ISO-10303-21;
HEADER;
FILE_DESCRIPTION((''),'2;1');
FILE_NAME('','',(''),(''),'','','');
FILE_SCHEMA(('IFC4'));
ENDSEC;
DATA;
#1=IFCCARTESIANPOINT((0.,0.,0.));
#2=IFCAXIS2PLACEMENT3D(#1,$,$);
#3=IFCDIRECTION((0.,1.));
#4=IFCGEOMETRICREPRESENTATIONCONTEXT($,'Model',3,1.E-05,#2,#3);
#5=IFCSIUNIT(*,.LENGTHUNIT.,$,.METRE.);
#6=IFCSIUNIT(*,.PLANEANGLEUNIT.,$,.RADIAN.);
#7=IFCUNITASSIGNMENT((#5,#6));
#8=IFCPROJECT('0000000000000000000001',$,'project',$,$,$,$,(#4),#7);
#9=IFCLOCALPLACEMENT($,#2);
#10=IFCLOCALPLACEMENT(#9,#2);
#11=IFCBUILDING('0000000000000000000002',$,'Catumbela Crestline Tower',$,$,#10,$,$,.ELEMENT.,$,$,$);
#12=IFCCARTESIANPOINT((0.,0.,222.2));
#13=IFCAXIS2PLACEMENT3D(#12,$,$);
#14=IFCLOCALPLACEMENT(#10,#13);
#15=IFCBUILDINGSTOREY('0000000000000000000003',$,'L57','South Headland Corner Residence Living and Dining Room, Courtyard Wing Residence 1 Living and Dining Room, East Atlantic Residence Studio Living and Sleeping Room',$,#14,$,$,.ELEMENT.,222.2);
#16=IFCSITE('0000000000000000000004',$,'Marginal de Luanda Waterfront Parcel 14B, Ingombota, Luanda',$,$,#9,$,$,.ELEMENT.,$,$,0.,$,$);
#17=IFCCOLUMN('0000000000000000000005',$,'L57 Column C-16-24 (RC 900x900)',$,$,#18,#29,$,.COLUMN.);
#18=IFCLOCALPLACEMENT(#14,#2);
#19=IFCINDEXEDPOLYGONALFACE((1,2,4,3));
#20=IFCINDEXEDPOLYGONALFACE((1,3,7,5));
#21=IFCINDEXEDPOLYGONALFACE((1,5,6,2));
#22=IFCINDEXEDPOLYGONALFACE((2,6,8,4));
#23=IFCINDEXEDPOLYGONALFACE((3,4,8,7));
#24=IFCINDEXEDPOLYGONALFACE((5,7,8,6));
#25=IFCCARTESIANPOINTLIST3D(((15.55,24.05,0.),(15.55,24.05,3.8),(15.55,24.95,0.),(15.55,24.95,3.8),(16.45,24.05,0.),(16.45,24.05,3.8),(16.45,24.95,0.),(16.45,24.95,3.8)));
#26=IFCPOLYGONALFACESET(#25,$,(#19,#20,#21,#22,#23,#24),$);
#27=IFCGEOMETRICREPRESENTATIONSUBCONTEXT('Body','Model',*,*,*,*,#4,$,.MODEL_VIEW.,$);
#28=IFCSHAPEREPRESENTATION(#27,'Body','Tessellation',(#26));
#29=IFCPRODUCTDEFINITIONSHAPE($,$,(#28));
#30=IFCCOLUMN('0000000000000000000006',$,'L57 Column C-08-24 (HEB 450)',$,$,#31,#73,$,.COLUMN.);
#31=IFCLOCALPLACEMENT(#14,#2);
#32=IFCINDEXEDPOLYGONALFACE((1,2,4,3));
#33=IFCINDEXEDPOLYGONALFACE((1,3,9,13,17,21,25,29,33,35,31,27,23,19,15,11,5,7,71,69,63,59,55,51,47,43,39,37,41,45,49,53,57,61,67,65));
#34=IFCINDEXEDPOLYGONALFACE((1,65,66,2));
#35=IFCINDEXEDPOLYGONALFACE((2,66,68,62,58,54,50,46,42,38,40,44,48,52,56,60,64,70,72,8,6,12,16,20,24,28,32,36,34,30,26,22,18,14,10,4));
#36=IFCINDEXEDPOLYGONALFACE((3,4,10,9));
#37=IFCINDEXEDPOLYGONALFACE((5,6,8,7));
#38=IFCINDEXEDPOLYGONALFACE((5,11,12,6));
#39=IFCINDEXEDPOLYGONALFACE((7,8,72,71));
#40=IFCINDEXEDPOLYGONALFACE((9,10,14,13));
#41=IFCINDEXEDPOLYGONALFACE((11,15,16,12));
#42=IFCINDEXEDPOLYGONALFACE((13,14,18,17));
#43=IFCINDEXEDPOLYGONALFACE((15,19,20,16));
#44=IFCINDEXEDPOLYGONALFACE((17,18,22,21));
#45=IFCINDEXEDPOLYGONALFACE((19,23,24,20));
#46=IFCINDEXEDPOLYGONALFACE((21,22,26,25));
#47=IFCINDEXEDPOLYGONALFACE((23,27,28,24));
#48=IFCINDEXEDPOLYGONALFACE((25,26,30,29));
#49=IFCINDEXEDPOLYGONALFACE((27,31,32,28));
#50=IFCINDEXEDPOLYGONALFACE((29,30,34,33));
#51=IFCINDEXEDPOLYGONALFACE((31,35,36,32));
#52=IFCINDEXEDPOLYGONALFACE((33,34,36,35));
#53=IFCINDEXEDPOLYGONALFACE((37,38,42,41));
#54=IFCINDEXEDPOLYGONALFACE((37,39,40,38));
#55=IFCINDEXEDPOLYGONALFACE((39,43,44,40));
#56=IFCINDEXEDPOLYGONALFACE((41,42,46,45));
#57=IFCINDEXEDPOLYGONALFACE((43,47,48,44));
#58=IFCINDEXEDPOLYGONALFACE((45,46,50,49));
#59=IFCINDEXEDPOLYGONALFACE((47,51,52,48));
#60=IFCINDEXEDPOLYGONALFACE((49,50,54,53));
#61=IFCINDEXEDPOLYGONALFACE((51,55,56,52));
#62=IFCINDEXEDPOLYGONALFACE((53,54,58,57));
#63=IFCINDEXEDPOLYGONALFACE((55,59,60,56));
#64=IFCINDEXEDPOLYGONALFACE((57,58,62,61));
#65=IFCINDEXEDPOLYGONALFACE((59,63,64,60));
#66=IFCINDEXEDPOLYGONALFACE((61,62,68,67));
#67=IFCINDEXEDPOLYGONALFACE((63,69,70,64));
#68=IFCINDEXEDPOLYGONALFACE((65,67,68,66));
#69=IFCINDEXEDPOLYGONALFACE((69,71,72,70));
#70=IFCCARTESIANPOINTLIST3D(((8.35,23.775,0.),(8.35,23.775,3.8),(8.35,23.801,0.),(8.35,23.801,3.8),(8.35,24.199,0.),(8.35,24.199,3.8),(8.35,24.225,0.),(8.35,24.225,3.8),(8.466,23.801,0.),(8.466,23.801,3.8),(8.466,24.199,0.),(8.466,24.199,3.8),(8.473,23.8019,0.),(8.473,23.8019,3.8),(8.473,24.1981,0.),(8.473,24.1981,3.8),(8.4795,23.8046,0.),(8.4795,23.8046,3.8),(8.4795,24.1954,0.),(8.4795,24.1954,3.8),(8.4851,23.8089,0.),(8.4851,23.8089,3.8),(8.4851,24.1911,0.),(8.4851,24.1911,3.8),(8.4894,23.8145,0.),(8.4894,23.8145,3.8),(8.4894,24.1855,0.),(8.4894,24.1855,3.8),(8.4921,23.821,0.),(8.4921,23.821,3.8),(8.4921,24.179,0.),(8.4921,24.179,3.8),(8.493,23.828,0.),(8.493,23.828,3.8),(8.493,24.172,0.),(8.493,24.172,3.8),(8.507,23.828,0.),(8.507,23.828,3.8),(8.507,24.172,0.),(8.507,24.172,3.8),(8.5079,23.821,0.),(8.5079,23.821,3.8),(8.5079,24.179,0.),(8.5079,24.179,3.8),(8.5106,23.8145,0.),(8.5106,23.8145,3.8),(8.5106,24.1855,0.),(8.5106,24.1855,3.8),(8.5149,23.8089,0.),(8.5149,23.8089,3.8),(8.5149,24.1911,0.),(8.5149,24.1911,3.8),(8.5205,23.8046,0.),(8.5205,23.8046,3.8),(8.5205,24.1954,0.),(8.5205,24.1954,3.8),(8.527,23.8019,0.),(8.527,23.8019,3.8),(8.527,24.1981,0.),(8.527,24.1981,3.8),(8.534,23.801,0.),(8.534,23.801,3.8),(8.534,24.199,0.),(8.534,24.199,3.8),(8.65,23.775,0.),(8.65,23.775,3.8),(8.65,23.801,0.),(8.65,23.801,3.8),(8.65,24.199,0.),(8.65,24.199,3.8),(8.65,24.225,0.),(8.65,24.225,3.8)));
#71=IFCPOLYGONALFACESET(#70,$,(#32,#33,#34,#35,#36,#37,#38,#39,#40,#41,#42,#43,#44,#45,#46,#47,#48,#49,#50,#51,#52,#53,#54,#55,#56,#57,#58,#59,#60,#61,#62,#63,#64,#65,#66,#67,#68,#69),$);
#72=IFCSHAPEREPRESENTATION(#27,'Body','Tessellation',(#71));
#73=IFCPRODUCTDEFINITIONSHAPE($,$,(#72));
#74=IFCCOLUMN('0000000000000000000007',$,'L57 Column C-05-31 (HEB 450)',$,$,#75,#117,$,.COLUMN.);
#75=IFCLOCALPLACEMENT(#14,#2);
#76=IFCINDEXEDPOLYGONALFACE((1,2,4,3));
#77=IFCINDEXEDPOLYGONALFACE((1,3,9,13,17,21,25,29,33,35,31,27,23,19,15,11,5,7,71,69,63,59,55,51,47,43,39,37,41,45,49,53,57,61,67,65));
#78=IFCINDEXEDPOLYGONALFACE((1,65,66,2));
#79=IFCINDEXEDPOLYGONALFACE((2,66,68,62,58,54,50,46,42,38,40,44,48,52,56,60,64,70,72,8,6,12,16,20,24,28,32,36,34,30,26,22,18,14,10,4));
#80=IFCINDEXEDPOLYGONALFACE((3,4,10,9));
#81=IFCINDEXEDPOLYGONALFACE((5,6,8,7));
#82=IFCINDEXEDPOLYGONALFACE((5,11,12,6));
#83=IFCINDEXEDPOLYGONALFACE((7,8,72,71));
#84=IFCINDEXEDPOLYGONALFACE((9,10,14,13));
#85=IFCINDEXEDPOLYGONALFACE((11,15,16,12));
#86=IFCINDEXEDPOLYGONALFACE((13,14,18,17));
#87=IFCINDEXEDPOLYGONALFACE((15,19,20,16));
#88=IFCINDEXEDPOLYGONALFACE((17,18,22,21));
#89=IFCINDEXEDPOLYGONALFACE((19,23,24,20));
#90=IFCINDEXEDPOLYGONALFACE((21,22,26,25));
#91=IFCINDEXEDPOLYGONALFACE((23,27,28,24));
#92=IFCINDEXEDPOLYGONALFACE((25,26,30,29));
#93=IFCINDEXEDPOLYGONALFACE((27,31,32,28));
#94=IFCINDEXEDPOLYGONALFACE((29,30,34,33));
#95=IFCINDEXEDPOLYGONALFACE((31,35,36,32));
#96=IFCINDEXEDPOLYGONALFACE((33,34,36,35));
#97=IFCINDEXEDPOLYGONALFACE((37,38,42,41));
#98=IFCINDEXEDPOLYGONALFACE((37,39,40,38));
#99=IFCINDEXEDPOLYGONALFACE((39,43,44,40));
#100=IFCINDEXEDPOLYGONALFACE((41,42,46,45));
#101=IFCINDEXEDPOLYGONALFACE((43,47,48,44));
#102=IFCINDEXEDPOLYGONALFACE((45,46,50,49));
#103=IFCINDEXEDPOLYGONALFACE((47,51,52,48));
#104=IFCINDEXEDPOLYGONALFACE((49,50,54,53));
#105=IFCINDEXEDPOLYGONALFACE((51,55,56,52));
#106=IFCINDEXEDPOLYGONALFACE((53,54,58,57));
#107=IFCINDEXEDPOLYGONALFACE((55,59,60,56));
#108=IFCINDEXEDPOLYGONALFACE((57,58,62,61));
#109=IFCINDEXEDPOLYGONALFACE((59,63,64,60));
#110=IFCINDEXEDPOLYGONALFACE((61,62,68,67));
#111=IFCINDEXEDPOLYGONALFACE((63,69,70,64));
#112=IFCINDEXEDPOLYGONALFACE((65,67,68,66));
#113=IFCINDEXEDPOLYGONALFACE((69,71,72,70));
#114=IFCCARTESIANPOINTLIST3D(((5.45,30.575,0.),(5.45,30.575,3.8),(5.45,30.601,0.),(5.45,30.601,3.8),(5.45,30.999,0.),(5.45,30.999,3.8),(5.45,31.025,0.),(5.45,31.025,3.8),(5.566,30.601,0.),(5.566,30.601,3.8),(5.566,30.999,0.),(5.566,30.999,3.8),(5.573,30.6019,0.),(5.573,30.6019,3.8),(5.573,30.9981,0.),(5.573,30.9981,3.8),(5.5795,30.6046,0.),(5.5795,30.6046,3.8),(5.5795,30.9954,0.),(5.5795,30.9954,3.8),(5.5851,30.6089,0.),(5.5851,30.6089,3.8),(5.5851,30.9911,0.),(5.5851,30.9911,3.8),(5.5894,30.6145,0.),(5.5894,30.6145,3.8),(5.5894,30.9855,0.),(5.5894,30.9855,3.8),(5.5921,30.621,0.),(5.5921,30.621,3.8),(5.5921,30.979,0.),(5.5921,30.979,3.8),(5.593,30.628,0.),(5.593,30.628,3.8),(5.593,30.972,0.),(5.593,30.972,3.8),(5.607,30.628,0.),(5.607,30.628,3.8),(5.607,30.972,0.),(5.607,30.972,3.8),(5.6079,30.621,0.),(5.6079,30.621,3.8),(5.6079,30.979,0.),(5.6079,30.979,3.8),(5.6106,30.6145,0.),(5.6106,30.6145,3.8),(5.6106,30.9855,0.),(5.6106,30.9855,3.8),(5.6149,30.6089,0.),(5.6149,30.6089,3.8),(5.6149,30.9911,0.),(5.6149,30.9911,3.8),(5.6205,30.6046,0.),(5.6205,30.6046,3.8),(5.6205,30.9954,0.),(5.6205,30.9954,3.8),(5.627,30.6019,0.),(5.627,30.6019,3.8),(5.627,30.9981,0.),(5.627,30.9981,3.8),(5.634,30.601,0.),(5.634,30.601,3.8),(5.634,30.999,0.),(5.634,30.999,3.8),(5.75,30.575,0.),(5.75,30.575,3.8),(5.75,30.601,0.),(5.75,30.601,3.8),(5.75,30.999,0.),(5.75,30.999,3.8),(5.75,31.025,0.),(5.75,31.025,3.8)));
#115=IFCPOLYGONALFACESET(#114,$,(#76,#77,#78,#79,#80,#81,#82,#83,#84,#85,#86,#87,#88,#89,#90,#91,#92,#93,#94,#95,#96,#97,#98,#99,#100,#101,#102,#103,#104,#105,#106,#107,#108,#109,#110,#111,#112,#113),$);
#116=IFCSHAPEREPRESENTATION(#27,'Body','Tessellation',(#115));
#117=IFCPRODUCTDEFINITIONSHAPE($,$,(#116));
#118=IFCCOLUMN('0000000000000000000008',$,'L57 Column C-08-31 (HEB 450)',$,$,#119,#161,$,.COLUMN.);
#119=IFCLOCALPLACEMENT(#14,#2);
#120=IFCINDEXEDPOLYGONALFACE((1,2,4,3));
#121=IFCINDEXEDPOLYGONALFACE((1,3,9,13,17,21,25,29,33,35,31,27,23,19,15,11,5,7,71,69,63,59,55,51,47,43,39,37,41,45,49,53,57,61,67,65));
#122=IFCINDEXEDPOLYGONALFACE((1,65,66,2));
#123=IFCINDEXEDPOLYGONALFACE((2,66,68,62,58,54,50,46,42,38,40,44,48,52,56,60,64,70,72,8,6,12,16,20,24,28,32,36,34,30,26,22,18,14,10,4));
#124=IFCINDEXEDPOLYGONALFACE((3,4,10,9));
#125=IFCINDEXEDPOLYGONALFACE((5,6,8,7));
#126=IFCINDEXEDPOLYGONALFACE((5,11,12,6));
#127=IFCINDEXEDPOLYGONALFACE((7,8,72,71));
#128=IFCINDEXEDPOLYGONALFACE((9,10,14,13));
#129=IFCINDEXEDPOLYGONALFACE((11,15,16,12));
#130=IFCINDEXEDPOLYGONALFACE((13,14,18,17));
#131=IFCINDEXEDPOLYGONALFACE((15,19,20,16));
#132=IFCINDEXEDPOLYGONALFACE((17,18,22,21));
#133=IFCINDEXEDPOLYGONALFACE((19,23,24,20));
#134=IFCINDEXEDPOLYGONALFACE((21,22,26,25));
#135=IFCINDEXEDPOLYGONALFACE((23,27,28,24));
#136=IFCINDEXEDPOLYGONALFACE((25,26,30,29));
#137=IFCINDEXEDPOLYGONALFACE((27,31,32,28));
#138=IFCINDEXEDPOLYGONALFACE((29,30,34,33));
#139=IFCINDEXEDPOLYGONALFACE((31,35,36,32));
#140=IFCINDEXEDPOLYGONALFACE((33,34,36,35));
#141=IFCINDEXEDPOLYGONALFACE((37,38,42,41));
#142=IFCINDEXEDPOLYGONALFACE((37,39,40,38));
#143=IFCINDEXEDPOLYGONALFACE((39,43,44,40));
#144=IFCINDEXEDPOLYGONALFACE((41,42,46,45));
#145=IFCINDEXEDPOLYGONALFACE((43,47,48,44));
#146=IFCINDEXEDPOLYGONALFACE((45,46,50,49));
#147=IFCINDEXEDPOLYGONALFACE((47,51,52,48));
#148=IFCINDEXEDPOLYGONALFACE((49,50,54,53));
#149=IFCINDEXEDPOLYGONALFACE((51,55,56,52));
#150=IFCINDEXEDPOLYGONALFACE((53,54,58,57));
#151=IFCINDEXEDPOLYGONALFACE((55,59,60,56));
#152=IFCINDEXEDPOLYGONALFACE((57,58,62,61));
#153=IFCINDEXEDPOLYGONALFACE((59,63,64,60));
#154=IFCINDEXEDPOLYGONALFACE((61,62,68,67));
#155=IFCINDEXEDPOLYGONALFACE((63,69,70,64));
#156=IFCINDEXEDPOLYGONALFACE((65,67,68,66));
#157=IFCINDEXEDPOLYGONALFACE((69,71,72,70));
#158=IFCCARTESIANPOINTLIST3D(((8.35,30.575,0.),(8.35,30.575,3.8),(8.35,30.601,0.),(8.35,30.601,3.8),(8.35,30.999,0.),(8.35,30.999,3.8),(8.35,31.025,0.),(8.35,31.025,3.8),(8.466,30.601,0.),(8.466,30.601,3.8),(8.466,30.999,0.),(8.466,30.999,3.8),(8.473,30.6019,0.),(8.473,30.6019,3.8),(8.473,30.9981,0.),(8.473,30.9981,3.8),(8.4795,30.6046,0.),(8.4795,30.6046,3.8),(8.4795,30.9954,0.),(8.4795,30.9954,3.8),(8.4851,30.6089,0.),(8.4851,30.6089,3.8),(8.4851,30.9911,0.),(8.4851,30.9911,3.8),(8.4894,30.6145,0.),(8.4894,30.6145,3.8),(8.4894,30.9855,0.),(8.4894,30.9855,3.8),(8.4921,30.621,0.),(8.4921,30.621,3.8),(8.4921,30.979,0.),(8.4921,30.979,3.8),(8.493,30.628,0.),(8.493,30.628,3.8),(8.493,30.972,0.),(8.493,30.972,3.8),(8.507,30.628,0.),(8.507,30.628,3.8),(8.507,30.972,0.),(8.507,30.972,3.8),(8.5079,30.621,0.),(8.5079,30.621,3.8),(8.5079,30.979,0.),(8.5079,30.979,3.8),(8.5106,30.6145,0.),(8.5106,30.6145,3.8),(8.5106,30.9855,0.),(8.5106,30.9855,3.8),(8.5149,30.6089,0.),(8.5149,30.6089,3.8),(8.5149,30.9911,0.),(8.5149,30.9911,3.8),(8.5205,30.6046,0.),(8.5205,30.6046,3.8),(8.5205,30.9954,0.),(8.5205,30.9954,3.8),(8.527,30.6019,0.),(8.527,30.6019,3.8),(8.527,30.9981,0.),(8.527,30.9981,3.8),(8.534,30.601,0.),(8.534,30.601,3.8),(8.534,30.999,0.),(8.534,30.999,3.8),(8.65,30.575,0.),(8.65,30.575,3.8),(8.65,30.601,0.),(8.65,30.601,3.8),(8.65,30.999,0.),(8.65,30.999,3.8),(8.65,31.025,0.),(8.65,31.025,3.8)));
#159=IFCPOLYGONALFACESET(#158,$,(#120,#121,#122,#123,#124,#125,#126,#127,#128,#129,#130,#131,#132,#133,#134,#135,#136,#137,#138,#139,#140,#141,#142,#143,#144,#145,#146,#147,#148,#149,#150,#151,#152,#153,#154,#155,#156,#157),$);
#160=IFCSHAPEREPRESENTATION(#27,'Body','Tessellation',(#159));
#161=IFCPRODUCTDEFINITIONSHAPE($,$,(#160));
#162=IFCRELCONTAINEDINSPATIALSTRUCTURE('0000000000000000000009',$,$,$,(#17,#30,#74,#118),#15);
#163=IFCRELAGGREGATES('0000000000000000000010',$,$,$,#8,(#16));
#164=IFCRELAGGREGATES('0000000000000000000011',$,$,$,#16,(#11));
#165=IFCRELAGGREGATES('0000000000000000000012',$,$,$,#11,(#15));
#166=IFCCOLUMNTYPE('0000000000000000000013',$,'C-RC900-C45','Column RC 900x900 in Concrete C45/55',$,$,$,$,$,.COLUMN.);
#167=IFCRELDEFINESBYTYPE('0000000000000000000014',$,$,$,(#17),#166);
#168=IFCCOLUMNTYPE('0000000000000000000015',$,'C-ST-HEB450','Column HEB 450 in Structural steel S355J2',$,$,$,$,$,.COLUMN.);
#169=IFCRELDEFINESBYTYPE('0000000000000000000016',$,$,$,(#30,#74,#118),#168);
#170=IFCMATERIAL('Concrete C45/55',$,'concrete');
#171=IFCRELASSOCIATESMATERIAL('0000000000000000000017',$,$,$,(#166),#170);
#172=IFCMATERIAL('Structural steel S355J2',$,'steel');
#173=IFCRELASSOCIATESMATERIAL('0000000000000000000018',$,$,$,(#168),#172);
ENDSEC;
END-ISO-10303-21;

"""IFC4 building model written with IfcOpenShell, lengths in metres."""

from ifc_helpers import new_model, si_unit, direction, frame, origin, origin_2d, place, context, subcontext, project, spatial, rectangle, i_section, extrude, material, material_profile, profile_set, type_object, element, save


model = new_model("IFC4")

# Units and contexts
model_context = context("Model", 3, precision=1e-05, world=origin(), true_north=direction((0.0, 1.0)))
body_context = subcontext(model_context, "Body", "Model", "MODEL_VIEW")
ifc_project = project(units=[si_unit("LENGTHUNIT", "METRE"), si_unit("PLANEANGLEUNIT", "RADIAN")], contexts=[model_context])

# Site, building, storey
site_placement = place(None, origin())
site = spatial("IfcSite", under=ifc_project, at=site_placement, Name="Marginal de Luanda Waterfront Parcel 14B, Ingombota, Luanda", CompositionType="ELEMENT", RefElevation=0.0)
building_placement = place(site_placement, origin())
building = spatial("IfcBuilding", under=site, at=building_placement, Name="Catumbela Crestline Tower", CompositionType="ELEMENT")
storey_placement = place(building_placement, frame((0.0, 0.0, 222.2)))
storey = spatial("IfcBuildingStorey", under=building, at=storey_placement, Name="L57", Description="South Headland Corner Residence Living and Dining Room, Courtyard Wing Residence 1 Living and Dining Room, East Atlantic Residence Studio Living and Sleeping Room", CompositionType="ELEMENT", Elevation=222.2)

# Columns
ifc_material_1 = material(Name="Concrete C45/55", Category="concrete")
ifc_material_profile_1 = material_profile(ifc_material_1, rectangle(XDim=0.9, YDim=0.9, at=origin_2d()), Name="RC 900x900")
ifc_profile_set_1 = profile_set([ifc_material_profile_1], Name="Concrete C45/55")
column_type_1 = type_object("IfcColumnType", Name="C-RC900-C45", Description="Column RC 900x900 in Concrete C45/55", PredefinedType="COLUMN", material=ifc_profile_set_1)
column_placement = place(storey_placement, frame((16.0, 24.5, 0.0), z_axis=(0.0, 0.0, 1.0), x_axis=(1.0, 0.0, 0.0)))
element("IfcColumn", 1, at=column_placement, inside=storey, type_object=column_type_1, Name="L57 Column C-16-24 (RC 900x900)", PredefinedType="COLUMN", context=body_context, shape_type="SweptSolid", body=[
    extrude(rectangle(XDim=0.9, YDim=0.9, at=origin_2d()), origin(), (0.0, 0.0, 1.0), 3.8),
])
ifc_material_2 = material(Name="Structural steel S355J2", Category="steel")
ifc_material_profile_2 = material_profile(ifc_material_2, i_section(OverallWidth=0.3, OverallDepth=0.45, WebThickness=0.014, FlangeThickness=0.026, FilletRadius=0.027, at=origin_2d()), Name="HEB 450")
ifc_profile_set_2 = profile_set([ifc_material_profile_2], Name="Structural steel S355J2")
column_type_2 = type_object("IfcColumnType", Name="C-ST-HEB450", Description="Column HEB 450 in Structural steel S355J2", PredefinedType="COLUMN", material=ifc_profile_set_2)
for number, where, z_axis, x_axis, name in (
    (2, (8.5, 24.0, 0.0), (0.0, 0.0, 1.0), (1.0, 0.0, 0.0), "L57 Column C-08-24 (HEB 450)"),
    (3, (5.6, 30.8, 0.0), (0.0, 0.0, 1.0), (1.0, 0.0, 0.0), "L57 Column C-05-31 (HEB 450)"),
    (4, (8.5, 30.8, 0.0), (0.0, 0.0, 1.0), (1.0, 0.0, 0.0), "L57 Column C-08-31 (HEB 450)"),
):
    element("IfcColumn", number, at=place(storey_placement, frame(where, z_axis=z_axis, x_axis=x_axis)), inside=storey, type_object=column_type_2, Name=name, PredefinedType="COLUMN", context=body_context, shape_type="SweptSolid", body=[
        extrude(i_section(OverallWidth=0.3, OverallDepth=0.45, WebThickness=0.014, FlangeThickness=0.026, FilletRadius=0.027, at=origin_2d()), origin(), (0.0, 0.0, 1.0), 3.8),
    ])

save(model, "model.ifc")
